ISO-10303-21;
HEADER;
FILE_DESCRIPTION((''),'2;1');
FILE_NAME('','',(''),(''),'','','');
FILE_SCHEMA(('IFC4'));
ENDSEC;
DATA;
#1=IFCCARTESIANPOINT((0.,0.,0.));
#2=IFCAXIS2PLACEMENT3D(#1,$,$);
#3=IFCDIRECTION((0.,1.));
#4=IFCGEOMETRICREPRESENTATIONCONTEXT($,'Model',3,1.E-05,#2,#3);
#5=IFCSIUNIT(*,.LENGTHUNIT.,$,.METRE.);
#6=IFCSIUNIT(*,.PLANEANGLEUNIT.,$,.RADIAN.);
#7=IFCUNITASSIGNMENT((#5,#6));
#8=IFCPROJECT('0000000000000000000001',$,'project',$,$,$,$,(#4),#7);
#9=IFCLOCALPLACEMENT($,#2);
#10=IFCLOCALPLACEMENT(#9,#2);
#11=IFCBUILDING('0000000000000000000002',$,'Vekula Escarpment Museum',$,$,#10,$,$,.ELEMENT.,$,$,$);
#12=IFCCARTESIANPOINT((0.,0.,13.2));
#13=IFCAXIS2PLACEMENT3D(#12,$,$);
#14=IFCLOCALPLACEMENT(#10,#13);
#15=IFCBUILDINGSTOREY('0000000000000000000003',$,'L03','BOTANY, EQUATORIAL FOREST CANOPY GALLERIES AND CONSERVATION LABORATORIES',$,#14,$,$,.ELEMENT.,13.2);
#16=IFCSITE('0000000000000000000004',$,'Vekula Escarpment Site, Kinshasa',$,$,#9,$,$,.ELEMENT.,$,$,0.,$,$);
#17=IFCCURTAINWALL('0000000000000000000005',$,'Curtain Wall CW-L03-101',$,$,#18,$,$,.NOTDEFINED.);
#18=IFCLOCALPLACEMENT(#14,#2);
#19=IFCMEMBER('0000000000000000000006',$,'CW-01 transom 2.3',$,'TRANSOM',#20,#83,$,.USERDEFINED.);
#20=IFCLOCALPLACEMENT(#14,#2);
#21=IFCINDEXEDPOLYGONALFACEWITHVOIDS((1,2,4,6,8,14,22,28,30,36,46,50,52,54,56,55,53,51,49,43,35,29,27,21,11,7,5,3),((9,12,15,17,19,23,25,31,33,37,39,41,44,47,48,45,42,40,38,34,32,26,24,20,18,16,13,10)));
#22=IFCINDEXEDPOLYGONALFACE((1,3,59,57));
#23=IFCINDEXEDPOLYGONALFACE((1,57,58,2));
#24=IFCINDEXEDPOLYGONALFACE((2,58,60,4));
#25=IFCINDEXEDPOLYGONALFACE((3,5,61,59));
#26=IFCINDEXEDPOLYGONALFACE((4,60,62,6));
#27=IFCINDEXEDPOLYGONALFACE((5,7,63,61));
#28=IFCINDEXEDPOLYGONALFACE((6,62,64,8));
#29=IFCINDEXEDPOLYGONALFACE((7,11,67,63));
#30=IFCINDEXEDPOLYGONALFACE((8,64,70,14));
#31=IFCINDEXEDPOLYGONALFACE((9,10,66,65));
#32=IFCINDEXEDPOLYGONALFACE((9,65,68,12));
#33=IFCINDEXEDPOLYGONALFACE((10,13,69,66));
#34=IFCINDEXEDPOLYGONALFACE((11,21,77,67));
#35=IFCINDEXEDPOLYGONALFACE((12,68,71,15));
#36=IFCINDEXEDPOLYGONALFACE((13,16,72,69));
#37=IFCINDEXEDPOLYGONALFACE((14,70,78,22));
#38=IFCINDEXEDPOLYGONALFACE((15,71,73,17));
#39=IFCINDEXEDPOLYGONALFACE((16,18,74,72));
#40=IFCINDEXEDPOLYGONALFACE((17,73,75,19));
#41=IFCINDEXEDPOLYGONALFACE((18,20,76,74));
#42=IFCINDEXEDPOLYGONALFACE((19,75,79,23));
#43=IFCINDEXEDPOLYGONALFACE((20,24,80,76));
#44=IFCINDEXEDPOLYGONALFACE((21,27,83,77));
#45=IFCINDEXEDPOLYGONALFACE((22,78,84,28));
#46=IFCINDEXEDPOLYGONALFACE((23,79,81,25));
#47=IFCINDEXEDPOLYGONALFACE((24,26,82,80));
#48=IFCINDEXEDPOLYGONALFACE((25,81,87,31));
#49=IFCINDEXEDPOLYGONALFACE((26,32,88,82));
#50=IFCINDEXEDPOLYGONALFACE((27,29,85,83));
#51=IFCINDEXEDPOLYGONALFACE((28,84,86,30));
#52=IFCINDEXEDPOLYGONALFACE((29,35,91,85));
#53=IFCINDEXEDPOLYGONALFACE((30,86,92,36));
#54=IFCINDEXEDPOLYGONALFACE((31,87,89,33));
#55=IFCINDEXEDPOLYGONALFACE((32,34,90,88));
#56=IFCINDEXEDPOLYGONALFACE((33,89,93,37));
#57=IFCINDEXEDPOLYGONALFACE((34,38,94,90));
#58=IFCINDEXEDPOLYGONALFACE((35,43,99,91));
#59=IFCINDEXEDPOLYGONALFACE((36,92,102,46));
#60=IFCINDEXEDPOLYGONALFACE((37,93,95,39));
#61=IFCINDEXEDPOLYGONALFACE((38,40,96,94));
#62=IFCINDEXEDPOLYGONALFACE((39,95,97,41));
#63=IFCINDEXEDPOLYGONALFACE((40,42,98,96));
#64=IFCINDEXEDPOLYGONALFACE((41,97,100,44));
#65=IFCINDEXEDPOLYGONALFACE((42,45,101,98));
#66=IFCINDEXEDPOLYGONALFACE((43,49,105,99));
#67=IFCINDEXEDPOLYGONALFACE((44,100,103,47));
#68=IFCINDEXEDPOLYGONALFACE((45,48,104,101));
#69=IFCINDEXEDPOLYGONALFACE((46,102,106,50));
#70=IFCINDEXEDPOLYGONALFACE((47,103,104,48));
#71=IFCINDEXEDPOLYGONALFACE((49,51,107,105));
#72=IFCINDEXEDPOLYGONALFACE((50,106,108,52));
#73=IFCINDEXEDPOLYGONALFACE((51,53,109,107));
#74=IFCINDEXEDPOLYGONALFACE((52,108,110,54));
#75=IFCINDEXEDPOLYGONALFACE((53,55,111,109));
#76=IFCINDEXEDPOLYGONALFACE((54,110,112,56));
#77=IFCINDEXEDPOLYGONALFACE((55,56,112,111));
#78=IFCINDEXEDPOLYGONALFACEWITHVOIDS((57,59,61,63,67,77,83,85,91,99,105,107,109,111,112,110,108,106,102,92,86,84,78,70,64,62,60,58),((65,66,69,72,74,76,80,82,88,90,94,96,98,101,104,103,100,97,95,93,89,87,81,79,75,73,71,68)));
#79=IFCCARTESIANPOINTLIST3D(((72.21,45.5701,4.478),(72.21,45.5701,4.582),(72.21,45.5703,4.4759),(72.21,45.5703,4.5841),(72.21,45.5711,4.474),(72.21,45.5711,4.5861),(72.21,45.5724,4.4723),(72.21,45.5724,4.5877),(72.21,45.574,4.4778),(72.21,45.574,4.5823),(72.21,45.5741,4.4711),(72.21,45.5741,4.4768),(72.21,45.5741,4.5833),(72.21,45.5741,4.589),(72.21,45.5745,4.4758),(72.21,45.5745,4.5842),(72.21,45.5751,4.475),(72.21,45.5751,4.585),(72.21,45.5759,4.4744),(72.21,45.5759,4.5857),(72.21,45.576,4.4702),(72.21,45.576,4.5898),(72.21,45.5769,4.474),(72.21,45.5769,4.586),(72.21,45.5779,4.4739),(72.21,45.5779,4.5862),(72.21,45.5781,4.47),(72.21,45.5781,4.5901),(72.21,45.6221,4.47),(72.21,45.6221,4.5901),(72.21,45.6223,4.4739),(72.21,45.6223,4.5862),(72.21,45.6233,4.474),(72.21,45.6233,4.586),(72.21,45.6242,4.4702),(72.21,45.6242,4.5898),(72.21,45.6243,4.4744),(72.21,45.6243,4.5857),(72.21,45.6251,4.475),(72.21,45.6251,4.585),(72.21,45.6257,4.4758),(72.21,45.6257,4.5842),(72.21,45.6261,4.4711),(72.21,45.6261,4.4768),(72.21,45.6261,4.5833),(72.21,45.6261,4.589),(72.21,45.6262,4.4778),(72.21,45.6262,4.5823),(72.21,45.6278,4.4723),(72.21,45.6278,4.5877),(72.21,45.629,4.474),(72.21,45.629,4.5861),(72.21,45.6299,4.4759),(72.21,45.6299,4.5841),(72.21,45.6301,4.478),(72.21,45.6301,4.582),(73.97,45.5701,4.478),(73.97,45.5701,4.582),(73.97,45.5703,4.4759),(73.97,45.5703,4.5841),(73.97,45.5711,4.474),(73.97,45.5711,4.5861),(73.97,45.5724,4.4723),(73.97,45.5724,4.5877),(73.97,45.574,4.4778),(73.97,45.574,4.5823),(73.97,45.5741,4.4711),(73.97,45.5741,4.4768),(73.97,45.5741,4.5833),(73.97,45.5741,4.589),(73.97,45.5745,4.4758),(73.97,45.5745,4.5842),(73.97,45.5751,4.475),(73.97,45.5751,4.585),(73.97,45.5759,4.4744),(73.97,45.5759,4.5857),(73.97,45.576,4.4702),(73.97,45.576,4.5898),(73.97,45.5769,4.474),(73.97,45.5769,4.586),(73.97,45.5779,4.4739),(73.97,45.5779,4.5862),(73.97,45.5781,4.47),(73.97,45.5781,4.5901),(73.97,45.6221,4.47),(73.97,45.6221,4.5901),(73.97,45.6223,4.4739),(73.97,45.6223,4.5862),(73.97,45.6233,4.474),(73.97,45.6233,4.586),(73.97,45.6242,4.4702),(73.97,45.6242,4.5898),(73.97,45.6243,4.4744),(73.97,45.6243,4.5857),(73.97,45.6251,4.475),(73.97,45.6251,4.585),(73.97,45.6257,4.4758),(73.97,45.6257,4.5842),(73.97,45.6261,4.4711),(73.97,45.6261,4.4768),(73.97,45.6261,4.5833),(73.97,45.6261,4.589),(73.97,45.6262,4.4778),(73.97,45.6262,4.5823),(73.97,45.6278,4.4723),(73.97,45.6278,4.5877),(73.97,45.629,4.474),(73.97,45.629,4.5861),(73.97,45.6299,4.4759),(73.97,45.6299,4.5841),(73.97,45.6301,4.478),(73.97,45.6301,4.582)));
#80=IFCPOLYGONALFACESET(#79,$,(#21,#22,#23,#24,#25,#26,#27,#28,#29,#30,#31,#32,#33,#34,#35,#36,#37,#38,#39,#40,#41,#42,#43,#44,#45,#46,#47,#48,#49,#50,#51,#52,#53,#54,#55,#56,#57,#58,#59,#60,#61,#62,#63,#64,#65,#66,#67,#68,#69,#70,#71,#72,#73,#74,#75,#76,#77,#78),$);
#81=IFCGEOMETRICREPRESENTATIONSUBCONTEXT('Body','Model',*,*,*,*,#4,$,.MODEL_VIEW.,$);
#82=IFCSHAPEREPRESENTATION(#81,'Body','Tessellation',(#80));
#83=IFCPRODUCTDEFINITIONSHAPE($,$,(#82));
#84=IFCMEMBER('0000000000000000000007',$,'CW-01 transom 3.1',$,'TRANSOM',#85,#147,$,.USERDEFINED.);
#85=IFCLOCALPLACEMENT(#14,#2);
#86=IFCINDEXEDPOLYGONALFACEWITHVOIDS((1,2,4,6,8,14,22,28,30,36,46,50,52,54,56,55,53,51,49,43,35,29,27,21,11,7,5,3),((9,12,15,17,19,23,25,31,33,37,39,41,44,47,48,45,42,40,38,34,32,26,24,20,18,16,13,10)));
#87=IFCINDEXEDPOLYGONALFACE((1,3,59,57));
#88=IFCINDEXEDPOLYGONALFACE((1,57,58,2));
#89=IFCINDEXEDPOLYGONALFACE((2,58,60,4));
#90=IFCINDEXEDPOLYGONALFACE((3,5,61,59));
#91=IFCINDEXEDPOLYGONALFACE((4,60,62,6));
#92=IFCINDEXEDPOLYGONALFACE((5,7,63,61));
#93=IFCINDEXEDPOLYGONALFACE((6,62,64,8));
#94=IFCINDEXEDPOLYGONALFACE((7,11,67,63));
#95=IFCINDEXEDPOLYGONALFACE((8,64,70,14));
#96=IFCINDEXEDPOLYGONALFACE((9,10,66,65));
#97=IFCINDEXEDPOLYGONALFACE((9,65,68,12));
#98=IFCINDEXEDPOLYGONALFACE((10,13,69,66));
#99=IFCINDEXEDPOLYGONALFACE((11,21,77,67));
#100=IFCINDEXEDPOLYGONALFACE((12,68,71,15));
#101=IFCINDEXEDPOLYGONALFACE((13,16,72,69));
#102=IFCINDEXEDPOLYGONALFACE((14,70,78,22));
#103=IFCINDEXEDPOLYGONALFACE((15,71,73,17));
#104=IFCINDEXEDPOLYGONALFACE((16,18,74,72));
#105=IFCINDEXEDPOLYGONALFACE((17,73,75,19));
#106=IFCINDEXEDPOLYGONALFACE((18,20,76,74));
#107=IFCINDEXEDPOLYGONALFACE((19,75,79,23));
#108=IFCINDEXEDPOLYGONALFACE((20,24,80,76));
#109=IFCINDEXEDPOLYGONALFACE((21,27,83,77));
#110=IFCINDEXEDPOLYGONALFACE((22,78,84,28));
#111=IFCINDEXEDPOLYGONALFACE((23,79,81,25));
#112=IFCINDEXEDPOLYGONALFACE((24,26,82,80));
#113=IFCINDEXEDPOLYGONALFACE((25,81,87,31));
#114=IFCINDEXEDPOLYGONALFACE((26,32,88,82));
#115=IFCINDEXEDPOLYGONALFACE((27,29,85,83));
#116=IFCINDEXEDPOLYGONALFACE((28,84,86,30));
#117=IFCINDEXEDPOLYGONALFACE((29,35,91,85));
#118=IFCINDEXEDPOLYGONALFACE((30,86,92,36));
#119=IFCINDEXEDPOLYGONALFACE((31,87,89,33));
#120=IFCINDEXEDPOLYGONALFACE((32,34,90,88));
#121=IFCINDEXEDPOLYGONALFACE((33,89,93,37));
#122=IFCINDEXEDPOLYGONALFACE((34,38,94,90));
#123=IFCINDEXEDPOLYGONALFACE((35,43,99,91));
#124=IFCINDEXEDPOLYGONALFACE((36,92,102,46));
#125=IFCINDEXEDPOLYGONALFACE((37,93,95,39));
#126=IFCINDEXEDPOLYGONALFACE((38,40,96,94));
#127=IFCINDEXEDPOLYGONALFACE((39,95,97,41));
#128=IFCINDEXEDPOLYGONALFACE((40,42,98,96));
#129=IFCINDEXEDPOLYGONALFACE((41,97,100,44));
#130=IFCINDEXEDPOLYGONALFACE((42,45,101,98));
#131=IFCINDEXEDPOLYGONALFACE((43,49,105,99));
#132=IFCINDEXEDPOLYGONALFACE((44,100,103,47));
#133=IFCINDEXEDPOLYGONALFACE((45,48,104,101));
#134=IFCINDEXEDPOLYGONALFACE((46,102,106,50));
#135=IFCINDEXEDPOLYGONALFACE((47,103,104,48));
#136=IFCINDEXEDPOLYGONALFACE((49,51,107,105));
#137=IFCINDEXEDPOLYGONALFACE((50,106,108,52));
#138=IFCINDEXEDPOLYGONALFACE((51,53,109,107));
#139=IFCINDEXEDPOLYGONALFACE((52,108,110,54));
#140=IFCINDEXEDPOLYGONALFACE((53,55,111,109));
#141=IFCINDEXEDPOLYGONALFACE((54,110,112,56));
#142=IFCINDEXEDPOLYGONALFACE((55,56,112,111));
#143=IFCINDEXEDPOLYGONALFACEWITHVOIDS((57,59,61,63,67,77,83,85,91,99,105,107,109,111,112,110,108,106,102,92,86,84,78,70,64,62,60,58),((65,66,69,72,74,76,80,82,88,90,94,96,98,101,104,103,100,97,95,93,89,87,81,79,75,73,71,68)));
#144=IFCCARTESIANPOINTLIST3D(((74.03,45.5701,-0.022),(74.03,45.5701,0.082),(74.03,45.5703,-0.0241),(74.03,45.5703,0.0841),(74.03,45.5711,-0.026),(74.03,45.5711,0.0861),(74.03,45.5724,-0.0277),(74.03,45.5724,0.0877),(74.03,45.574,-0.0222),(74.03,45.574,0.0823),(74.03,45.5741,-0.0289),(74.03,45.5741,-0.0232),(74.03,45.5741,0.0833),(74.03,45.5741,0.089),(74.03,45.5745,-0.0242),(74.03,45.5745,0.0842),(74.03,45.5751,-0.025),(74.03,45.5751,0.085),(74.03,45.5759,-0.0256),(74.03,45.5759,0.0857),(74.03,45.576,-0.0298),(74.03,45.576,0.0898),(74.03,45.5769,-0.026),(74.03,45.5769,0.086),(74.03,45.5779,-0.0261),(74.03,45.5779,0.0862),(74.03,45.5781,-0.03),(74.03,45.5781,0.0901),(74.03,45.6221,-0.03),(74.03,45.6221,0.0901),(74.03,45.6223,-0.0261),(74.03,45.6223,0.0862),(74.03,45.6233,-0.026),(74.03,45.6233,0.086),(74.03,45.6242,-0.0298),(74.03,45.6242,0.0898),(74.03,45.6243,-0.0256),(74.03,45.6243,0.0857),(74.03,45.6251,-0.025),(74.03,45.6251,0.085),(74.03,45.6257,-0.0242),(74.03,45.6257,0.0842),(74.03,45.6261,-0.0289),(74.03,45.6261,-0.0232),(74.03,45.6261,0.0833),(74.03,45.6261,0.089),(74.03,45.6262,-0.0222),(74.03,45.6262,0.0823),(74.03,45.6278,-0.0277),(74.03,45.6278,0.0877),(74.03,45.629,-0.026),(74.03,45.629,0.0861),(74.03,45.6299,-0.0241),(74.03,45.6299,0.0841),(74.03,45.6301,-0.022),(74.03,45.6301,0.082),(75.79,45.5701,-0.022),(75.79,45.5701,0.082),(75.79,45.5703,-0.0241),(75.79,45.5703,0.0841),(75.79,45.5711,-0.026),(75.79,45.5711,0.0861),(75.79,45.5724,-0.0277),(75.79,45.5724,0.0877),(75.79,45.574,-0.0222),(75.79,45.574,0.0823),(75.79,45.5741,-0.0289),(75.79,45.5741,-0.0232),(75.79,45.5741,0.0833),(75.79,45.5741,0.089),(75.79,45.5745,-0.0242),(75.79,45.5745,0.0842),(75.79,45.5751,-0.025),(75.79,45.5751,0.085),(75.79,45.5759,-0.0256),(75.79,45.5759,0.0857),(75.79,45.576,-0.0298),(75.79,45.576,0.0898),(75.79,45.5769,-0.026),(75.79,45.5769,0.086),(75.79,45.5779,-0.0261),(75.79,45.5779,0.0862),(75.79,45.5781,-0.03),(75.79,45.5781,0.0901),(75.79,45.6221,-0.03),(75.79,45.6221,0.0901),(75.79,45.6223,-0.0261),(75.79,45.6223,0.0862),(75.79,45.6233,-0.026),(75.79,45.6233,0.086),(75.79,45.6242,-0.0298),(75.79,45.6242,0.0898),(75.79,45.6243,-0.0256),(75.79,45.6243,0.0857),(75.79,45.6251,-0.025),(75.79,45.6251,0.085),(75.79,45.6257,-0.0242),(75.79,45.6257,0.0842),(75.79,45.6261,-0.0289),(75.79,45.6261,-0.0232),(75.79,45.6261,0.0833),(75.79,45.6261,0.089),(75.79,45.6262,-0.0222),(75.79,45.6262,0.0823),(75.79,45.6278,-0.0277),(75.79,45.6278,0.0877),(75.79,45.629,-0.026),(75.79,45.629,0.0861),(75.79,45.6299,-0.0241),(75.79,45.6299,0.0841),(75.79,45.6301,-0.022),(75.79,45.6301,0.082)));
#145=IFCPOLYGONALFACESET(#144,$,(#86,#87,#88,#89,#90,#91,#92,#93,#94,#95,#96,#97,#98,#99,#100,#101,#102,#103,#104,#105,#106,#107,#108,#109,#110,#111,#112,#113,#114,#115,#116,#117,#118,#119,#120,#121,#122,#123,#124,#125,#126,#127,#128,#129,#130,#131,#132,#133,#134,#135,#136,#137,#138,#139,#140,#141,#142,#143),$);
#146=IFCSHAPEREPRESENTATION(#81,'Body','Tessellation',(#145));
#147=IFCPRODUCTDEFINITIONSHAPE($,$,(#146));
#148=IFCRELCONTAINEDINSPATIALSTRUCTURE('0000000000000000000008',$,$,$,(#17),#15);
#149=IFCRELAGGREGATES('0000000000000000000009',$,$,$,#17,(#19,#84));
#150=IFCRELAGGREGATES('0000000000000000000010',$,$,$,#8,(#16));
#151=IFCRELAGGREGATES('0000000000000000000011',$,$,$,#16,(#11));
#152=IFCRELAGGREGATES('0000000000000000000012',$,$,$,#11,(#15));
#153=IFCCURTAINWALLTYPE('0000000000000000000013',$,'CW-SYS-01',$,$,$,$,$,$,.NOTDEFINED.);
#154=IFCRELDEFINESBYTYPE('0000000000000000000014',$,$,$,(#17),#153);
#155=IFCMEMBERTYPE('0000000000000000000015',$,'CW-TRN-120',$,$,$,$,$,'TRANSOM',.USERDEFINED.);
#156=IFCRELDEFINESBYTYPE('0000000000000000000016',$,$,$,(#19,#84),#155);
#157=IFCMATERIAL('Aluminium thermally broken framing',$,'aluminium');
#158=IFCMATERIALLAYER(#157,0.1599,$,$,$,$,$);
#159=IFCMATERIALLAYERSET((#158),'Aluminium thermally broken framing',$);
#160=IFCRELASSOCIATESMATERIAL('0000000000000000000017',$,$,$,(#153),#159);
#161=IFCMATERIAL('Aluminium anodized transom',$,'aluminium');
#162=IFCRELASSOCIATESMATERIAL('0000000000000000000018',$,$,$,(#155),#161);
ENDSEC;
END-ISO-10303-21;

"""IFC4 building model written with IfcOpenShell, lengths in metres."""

from ifc_helpers import new_model, si_unit, direction, frame, origin, origin_2d, place, context, subcontext, project, spatial, hollow_rectangle, extrude, material, layer, layer_set, material_profile, profile_set, type_object, element, aggregate, save


model = new_model("IFC4")

# Units and contexts
model_context = context("Model", 3, precision=1e-05, world=origin(), true_north=direction((0.0, 1.0)))
body_context = subcontext(model_context, "Body", "Model", "MODEL_VIEW")
ifc_project = project(units=[si_unit("LENGTHUNIT", "METRE"), si_unit("PLANEANGLEUNIT", "RADIAN")], contexts=[model_context])

# Site, building, storey
site_placement = place(None, origin())
site = spatial("IfcSite", under=ifc_project, at=site_placement, Name="Vekula Escarpment Site, Kinshasa", CompositionType="ELEMENT", RefElevation=0.0)
building_placement = place(site_placement, origin())
building = spatial("IfcBuilding", under=site, at=building_placement, Name="Vekula Escarpment Museum", CompositionType="ELEMENT")
storey_placement = place(building_placement, frame((0.0, 0.0, 13.2)))
storey = spatial("IfcBuildingStorey", under=building, at=storey_placement, Name="L03", Description="BOTANY, EQUATORIAL FOREST CANOPY GALLERIES AND CONSERVATION LABORATORIES", CompositionType="ELEMENT", Elevation=13.2)

# Curtain wall, members
ifc_material_1 = material(Name="Aluminium thermally broken framing", Category="aluminium")
ifc_layer_1 = layer(ifc_material_1, 0.1599)
ifc_layer_set_1 = layer_set([ifc_layer_1], Name="Aluminium thermally broken framing")
curtain_wall_type = type_object("IfcCurtainWallType", Name="CW-SYS-01", PredefinedType="NOTDEFINED", material=ifc_layer_set_1)
curtain_wall_placement = place(storey_placement, origin())
curtain_wall = element("IfcCurtainWall", 1, at=curtain_wall_placement, inside=storey, type_object=curtain_wall_type, Name="Curtain Wall CW-L03-101", PredefinedType="NOTDEFINED")
ifc_material_2 = material(Name="Aluminium anodized transom", Category="aluminium")
ifc_material_profile_1 = material_profile(ifc_material_2, hollow_rectangle(XDim=0.0601, YDim=0.1201, WallThickness=0.0039, InnerFilletRadius=0.0039, OuterFilletRadius=0.0081, at=origin_2d()), Name="ALU 120x60x4")
ifc_profile_set_1 = profile_set([ifc_material_profile_1], Name="Aluminium anodized transom")
member_type_1 = type_object("IfcMemberType", Name="CW-TRN-120", ElementType="TRANSOM", PredefinedType="USERDEFINED", material=ifc_profile_set_1)
member_1_placement = place(storey_placement, frame((72.21, 45.6001, 4.53), z_axis=(1.0, 0.0, 0.0), x_axis=(0.0, 1.0, 0.0)))
member_1 = element("IfcMember", 2, at=member_1_placement, type_object=member_type_1, Name="CW-01 transom 2.3", ObjectType="TRANSOM", PredefinedType="USERDEFINED", context=body_context, shape_type="SweptSolid", body=[
    extrude(hollow_rectangle(XDim=0.0601, YDim=0.1201, WallThickness=0.0039, InnerFilletRadius=0.0039, OuterFilletRadius=0.0081, at=origin_2d()), origin(), (0.0, 0.0, 1.0), 1.76),
])
member_2_placement = place(storey_placement, frame((74.03, 45.6001, 0.03), z_axis=(1.0, 0.0, 0.0), x_axis=(0.0, 1.0, 0.0)))
member_2 = element("IfcMember", 3, at=member_2_placement, type_object=member_type_1, Name="CW-01 transom 3.1", ObjectType="TRANSOM", PredefinedType="USERDEFINED", context=body_context, shape_type="SweptSolid", body=[
    extrude(hollow_rectangle(XDim=0.0601, YDim=0.1201, WallThickness=0.0039, InnerFilletRadius=0.0039, OuterFilletRadius=0.0081, at=origin_2d()), origin(), (0.0, 0.0, 1.0), 1.76),
])

aggregate(curtain_wall, [member_1, member_2])

save(model, "model.ifc")
